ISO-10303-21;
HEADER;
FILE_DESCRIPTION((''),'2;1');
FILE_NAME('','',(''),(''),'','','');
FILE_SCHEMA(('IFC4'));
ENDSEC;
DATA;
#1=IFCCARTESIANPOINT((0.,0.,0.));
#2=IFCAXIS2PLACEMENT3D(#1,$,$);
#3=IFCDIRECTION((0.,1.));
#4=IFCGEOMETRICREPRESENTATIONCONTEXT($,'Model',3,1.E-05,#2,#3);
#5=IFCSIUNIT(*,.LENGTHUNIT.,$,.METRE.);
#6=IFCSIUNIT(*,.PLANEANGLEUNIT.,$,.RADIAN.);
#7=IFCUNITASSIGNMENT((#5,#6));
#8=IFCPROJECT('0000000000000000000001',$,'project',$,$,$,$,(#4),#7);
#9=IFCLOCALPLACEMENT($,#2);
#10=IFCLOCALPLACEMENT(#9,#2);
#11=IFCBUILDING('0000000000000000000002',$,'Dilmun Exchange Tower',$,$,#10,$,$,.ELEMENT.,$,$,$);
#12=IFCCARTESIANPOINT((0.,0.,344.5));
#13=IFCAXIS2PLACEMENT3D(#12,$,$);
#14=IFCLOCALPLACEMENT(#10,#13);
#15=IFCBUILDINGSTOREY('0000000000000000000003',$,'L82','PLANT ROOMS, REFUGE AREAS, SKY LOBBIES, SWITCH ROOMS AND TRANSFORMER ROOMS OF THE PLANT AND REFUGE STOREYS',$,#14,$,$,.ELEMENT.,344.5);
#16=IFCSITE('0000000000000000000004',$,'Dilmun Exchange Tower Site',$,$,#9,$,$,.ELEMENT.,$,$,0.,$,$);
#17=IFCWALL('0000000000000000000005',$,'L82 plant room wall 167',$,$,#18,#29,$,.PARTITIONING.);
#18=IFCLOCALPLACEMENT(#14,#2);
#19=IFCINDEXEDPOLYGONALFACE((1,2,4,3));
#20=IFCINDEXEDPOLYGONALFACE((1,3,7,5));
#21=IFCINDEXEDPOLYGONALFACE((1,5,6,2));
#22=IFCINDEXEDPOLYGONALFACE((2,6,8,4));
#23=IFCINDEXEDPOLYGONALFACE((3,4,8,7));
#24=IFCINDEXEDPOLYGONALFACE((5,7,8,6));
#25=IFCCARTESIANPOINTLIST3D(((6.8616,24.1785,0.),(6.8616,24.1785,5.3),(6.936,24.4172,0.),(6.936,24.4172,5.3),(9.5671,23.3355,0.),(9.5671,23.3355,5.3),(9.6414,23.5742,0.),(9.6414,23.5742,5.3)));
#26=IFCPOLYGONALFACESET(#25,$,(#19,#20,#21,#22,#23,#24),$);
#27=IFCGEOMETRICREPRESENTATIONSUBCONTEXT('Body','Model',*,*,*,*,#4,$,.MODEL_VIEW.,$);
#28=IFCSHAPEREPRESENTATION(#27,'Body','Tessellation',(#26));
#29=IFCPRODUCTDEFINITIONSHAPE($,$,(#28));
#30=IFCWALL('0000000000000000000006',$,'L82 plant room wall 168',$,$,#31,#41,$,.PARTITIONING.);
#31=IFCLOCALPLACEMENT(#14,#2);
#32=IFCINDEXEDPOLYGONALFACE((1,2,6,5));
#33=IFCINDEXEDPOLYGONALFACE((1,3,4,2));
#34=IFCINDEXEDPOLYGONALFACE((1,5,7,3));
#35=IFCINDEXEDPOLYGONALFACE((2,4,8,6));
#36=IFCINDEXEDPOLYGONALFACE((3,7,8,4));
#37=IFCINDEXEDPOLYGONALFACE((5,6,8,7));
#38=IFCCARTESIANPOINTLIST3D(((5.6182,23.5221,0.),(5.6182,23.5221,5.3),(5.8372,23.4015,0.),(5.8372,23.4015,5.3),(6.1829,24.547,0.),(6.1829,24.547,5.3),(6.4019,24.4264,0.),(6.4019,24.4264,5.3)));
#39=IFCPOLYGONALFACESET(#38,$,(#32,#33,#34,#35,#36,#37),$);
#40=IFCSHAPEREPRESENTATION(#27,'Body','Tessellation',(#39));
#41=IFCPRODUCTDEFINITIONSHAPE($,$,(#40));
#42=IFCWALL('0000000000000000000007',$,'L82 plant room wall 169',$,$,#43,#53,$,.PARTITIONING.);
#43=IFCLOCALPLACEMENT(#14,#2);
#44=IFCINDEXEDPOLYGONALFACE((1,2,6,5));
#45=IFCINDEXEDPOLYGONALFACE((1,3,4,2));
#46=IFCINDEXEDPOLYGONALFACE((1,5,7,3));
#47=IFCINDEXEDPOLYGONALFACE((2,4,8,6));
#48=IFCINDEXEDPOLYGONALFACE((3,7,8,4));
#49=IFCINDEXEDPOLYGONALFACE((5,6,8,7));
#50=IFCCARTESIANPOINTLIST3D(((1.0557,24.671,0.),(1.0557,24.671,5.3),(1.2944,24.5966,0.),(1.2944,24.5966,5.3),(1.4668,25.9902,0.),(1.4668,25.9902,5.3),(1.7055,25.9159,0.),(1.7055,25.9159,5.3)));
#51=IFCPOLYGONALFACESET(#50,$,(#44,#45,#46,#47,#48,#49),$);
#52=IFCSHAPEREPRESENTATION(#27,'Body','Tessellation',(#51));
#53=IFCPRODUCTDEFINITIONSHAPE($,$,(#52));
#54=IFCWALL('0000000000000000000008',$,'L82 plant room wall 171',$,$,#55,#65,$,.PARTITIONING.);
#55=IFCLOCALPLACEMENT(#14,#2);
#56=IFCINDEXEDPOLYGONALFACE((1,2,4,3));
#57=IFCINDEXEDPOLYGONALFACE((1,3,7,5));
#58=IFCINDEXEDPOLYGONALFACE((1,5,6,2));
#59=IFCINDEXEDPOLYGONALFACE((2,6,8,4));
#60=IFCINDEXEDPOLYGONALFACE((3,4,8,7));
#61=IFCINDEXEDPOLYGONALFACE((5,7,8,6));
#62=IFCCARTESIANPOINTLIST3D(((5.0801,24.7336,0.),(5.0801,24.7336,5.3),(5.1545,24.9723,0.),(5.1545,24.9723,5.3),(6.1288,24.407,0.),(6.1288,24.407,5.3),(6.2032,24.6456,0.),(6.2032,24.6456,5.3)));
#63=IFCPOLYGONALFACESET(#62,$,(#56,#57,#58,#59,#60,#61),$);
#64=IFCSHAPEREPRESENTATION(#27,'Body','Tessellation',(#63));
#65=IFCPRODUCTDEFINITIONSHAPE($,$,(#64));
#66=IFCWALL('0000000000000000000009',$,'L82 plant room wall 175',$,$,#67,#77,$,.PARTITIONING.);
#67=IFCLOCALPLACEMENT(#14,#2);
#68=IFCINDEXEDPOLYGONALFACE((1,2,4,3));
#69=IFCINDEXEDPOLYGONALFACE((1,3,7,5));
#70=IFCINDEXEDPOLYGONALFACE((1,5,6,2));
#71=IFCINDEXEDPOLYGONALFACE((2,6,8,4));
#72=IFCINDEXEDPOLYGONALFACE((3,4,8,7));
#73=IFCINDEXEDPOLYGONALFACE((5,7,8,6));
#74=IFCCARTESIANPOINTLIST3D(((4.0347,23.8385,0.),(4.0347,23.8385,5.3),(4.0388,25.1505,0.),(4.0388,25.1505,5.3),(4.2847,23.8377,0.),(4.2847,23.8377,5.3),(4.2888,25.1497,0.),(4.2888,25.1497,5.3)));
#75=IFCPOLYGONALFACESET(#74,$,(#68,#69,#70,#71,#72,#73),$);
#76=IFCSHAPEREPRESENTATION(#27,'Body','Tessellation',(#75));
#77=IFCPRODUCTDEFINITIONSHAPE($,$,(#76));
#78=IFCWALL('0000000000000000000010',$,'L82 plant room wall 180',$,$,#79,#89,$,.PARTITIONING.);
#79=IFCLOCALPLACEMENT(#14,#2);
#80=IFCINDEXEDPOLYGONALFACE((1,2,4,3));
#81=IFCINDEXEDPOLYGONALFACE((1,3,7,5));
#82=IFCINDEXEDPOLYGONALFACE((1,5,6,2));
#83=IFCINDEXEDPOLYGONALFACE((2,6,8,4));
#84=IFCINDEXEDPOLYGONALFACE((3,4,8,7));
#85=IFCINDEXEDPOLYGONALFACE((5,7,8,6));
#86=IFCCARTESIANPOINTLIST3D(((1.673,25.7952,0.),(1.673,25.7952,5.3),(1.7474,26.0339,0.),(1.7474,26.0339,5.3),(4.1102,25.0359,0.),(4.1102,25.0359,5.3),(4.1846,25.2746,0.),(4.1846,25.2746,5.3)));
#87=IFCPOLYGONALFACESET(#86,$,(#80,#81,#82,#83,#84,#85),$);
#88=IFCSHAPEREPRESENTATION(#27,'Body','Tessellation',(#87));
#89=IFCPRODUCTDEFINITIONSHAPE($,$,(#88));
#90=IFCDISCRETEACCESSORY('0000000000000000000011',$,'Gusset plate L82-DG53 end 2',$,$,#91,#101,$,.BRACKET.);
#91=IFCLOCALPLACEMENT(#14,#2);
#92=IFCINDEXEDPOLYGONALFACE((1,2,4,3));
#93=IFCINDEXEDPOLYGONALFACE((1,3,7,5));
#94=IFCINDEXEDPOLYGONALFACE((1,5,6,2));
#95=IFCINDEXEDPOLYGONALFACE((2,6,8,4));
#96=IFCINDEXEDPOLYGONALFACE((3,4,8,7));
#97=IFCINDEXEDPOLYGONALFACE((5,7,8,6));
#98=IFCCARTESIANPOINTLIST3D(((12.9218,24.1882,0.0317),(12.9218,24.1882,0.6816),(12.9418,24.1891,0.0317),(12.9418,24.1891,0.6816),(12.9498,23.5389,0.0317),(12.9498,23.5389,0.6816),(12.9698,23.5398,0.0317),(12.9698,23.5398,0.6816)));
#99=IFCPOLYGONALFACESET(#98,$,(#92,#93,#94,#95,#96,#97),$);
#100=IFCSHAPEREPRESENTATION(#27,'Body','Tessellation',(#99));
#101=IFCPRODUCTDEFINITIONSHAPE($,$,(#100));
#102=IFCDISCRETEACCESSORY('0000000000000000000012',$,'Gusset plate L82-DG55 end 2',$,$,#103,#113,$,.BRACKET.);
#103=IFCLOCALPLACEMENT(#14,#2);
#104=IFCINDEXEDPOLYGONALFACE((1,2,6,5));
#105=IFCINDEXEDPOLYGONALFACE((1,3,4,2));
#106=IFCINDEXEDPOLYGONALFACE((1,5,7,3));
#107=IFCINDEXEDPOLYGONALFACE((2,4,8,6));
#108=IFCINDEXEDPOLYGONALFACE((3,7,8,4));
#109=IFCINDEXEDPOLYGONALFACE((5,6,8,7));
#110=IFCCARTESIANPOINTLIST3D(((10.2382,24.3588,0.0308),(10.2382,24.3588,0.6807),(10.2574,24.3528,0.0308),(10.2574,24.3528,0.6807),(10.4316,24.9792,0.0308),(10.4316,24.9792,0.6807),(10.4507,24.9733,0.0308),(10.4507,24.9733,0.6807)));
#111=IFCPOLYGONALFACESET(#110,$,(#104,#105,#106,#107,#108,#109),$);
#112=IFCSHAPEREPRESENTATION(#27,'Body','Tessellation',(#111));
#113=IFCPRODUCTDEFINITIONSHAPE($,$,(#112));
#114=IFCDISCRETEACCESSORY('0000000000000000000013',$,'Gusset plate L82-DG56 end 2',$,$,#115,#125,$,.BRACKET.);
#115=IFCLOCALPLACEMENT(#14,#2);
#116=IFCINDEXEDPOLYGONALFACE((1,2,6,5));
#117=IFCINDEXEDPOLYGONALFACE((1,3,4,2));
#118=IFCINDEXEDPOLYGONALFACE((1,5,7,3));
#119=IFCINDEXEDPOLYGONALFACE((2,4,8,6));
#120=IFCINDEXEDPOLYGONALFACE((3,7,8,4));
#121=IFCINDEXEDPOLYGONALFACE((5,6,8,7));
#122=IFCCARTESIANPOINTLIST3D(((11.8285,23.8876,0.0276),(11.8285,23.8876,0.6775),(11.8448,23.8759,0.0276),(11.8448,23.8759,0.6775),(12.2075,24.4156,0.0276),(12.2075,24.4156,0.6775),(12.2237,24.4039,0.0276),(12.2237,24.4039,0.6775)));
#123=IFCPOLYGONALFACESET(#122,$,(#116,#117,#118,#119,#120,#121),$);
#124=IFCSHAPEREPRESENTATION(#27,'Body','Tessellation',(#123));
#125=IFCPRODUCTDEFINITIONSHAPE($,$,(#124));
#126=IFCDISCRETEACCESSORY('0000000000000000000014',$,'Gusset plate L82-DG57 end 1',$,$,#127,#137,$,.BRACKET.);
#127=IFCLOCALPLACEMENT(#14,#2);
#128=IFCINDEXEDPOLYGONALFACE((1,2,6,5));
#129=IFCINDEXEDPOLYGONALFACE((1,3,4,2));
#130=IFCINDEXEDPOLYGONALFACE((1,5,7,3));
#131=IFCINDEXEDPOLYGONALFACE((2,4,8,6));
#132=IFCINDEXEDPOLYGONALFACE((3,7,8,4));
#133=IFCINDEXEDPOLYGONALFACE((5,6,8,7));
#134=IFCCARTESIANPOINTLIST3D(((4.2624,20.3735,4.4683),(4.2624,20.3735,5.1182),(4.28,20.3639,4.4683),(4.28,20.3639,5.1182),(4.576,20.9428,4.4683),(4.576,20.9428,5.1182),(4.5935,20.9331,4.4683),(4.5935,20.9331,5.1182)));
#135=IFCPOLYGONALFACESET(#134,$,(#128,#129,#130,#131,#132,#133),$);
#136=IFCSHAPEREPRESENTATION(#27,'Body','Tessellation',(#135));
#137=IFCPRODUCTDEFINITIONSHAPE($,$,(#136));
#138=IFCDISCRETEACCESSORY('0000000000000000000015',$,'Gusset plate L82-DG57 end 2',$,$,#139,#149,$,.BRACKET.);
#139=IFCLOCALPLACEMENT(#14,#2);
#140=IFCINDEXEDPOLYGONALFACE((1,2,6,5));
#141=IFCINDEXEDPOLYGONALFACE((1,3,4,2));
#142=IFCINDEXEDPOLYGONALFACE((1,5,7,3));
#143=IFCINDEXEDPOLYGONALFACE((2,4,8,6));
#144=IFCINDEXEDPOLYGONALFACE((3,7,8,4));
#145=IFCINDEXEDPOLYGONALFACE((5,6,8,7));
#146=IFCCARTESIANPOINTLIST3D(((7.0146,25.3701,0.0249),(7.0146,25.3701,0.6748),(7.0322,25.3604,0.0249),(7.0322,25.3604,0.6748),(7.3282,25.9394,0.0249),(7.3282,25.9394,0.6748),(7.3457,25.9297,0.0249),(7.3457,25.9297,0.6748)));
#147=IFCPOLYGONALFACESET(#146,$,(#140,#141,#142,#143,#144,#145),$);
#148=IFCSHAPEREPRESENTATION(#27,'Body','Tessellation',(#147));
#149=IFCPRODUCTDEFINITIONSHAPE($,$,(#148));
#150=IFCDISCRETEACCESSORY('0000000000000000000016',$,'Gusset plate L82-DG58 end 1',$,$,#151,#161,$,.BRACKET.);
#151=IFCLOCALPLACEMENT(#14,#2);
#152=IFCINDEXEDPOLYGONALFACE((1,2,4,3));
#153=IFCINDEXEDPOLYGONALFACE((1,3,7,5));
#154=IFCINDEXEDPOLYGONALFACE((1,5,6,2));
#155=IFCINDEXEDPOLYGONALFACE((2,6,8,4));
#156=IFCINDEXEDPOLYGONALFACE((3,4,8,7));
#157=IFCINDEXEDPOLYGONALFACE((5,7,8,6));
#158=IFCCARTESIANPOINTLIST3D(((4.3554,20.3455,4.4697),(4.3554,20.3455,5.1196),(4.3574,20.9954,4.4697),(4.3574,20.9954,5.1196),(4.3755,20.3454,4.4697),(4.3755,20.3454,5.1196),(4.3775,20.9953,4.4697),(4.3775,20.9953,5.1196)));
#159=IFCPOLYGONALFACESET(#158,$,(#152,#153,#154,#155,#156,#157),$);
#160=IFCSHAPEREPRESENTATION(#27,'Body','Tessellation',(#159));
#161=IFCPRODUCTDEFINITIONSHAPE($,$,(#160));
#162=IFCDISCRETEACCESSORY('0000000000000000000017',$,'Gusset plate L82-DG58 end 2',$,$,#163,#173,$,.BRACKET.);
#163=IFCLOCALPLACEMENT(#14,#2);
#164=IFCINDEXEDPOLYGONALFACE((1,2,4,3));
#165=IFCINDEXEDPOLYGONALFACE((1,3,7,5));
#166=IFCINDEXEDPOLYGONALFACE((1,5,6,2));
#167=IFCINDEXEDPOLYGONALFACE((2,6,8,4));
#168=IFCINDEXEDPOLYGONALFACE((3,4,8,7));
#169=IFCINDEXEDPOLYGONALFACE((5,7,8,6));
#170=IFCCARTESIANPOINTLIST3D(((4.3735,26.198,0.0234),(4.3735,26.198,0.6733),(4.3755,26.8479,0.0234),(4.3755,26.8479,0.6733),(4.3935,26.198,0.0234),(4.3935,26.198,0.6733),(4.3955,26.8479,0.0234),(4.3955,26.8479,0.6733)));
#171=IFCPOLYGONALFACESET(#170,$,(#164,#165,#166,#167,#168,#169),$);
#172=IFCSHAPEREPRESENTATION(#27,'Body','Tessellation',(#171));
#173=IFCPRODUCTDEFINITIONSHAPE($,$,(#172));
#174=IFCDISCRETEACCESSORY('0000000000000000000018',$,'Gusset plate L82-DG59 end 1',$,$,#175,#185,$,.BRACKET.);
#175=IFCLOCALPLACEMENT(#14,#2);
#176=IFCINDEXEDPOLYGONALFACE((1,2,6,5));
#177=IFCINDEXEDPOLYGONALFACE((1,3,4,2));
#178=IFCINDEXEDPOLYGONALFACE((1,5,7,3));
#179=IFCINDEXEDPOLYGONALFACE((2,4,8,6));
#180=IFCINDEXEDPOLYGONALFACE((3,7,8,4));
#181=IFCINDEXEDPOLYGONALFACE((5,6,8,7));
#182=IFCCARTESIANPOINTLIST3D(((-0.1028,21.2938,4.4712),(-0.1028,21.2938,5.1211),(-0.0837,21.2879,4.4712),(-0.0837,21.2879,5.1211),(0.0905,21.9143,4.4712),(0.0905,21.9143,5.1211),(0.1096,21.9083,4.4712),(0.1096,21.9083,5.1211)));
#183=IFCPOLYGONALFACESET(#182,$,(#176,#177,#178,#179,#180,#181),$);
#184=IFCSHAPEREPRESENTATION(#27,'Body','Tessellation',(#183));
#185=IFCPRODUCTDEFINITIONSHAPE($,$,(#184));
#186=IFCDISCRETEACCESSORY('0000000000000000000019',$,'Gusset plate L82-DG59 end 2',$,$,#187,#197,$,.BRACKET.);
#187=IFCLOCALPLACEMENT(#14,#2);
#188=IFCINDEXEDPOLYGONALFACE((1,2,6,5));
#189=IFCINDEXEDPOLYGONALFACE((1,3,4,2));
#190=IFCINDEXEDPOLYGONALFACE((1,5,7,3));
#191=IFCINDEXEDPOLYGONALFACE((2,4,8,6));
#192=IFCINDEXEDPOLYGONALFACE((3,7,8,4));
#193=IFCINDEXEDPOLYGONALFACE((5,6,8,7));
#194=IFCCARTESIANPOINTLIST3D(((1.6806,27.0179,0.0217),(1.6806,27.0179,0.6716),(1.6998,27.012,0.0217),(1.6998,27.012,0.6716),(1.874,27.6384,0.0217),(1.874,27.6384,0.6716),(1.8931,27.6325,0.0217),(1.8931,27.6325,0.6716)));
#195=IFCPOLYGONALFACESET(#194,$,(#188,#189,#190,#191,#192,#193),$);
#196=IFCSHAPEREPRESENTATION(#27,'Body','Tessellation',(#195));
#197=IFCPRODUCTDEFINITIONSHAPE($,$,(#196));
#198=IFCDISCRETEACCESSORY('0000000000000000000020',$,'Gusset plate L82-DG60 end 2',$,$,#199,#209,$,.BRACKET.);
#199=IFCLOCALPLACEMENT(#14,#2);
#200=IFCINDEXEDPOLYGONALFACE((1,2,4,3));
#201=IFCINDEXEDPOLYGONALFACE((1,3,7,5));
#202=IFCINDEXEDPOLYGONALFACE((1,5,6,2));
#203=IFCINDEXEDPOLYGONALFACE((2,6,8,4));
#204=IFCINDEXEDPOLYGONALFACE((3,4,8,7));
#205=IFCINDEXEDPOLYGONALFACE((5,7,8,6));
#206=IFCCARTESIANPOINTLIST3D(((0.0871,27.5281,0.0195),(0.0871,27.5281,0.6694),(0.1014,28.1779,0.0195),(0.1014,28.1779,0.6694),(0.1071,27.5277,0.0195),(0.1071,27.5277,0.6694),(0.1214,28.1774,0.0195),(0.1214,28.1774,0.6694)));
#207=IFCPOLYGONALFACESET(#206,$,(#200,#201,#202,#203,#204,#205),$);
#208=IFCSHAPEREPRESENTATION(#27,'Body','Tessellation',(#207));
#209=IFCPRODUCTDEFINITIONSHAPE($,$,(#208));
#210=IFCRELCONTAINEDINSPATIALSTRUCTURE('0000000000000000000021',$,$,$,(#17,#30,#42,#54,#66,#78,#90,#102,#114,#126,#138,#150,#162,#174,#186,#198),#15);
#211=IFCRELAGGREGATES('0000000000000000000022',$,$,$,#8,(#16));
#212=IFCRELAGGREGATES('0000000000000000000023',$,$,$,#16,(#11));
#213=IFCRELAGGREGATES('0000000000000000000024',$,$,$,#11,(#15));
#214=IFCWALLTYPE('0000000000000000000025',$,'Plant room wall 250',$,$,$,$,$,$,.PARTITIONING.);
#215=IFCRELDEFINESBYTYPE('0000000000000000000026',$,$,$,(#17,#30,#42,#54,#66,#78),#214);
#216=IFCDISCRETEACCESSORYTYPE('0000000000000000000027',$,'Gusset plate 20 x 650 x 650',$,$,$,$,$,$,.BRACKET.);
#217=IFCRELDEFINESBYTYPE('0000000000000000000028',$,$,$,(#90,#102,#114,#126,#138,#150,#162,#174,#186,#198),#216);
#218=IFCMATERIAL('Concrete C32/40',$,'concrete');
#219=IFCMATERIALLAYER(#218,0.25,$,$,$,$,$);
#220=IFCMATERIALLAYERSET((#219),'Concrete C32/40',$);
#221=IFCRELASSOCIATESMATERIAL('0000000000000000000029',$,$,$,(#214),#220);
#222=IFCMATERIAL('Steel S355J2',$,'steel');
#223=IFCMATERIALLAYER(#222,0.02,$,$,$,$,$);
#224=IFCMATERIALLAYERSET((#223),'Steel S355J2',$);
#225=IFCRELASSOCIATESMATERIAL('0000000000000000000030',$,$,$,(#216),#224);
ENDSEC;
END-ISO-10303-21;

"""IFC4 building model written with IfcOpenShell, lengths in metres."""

from ifc_helpers import new_model, si_unit, direction, frame, frame_2d, origin, origin_2d, place, context, subcontext, project, spatial, rectangle, extrude, material, layer, layer_set, type_object, element, save


model = new_model("IFC4")

# Units and contexts
model_context = context("Model", 3, precision=1e-05, world=origin(), true_north=direction((0.0, 1.0)))
body_context = subcontext(model_context, "Body", "Model", "MODEL_VIEW")
ifc_project = project(units=[si_unit("LENGTHUNIT", "METRE"), si_unit("PLANEANGLEUNIT", "RADIAN")], contexts=[model_context])

# Site, building, storey
site_placement = place(None, origin())
site = spatial("IfcSite", under=ifc_project, at=site_placement, Name="Dilmun Exchange Tower Site", CompositionType="ELEMENT", RefElevation=0.0)
building_placement = place(site_placement, origin())
building = spatial("IfcBuilding", under=site, at=building_placement, Name="Dilmun Exchange Tower", CompositionType="ELEMENT")
storey_placement = place(building_placement, frame((0.0, 0.0, 344.5)))
storey = spatial("IfcBuildingStorey", under=building, at=storey_placement, Name="L82", Description="PLANT ROOMS, REFUGE AREAS, SKY LOBBIES, SWITCH ROOMS AND TRANSFORMER ROOMS OF THE PLANT AND REFUGE STOREYS", CompositionType="ELEMENT", Elevation=344.5)

# Walls
ifc_material_1 = material(Name="Concrete C32/40", Category="concrete")
ifc_layer_1 = layer(ifc_material_1, 0.25)
ifc_layer_set_1 = layer_set([ifc_layer_1], Name="Concrete C32/40")
wall_type = type_object("IfcWallType", Name="Plant room wall 250", PredefinedType="PARTITIONING", material=ifc_layer_set_1)
wall_1_placement = place(storey_placement, frame((6.8987, 24.2979, 0.0), z_axis=(0.0, 0.0, 1.0), x_axis=(0.954728, -0.29748, 0.0)))
element("IfcWall", 1, at=wall_1_placement, inside=storey, type_object=wall_type, Name="L82 plant room wall 167", PredefinedType="PARTITIONING", context=body_context, shape_type="SweptSolid", body=[
    extrude(rectangle(XDim=2.8337, YDim=0.25, at=frame_2d((1.417, 0.0))), origin(), (0.0, 0.0, 1.0), 5.3),
])
wall_2_placement = place(storey_placement, frame((5.7278, 23.4619, 0.0), z_axis=(0.0, 0.0, 1.0), x_axis=(0.482575, 0.875854, 0.0)))
element("IfcWall", 2, at=wall_2_placement, inside=storey, type_object=wall_type, Name="L82 plant room wall 168", PredefinedType="PARTITIONING", context=body_context, shape_type="SweptSolid", body=[
    extrude(rectangle(XDim=1.1702, YDim=0.25, at=frame_2d((0.585, 0.0))), origin(), (0.0, 0.0, 1.0), 5.3),
])
wall_3_placement = place(storey_placement, frame((1.175, 24.6338, 0.0), z_axis=(0.0, 0.0, 1.0), x_axis=(0.29751, 0.954719, 0.0)))
element("IfcWall", 3, at=wall_3_placement, inside=storey, type_object=wall_type, Name="L82 plant room wall 169", PredefinedType="PARTITIONING", context=body_context, shape_type="SweptSolid", body=[
    extrude(rectangle(XDim=1.3818, YDim=0.25, at=frame_2d((0.6909, 0.0))), origin(), (0.0, 0.0, 1.0), 5.3),
])
wall_4_placement = place(storey_placement, frame((5.1172, 24.853, 0.0), z_axis=(0.0, 0.0, 1.0), x_axis=(0.954745, -0.297427, 0.0)))
element("IfcWall", 4, at=wall_4_placement, inside=storey, type_object=wall_type, Name="L82 plant room wall 171", PredefinedType="PARTITIONING", context=body_context, shape_type="SweptSolid", body=[
    extrude(rectangle(XDim=1.0984, YDim=0.25, at=frame_2d((0.5493, 0.0))), origin(), (0.0, 0.0, 1.0), 5.3),
])
wall_5_placement = place(storey_placement, frame((4.1597, 23.8381, 0.0), z_axis=(0.0, 0.0, 1.0), x_axis=(0.003163, 0.999995, 0.0)))
element("IfcWall", 5, at=wall_5_placement, inside=storey, type_object=wall_type, Name="L82 plant room wall 175", PredefinedType="PARTITIONING", context=body_context, shape_type="SweptSolid", body=[
    extrude(rectangle(XDim=1.312, YDim=0.25, at=frame_2d((0.656, 0.0))), origin(), (0.0, 0.0, 1.0), 5.3),
])
wall_6_placement = place(storey_placement, frame((1.7102, 25.9146, 0.0), z_axis=(0.0, 0.0, 1.0), x_axis=(0.954743, -0.297431, 0.0)))
element("IfcWall", 6, at=wall_6_placement, inside=storey, type_object=wall_type, Name="L82 plant room wall 180", PredefinedType="PARTITIONING", context=body_context, shape_type="SweptSolid", body=[
    extrude(rectangle(XDim=2.5527, YDim=0.25, at=frame_2d((1.2764, 0.0))), origin(), (0.0, 0.0, 1.0), 5.3),
])

# Discrete accessories
ifc_material_2 = material(Name="Steel S355J2", Category="steel")
ifc_layer_2 = layer(ifc_material_2, 0.02)
ifc_layer_set_2 = layer_set([ifc_layer_2], Name="Steel S355J2")
discrete_accessory_type = type_object("IfcDiscreteAccessoryType", Name="Gusset plate 20 x 650 x 650", PredefinedType="BRACKET", material=ifc_layer_set_2)
for number, where, z_axis, x_axis, name in (
    (7, (12.9458, 23.864, 0.0317), (0.0, 0.0, 1.0), (-0.04296, 0.999077, 0.0), "Gusset plate L82-DG53 end 2"),
    (8, (10.3445, 24.666, 0.0308), (0.0, 0.0, 1.0), (0.297533, 0.954711, 0.0), "Gusset plate L82-DG55 end 2"),
    (9, (12.0261, 24.1458, 0.0276), (0.0, 0.0, 1.0), (0.58308, 0.812414, 0.0), "Gusset plate L82-DG56 end 2"),
    (10, (4.428, 20.6533, 4.4683), (0.0, 0.0, 1.0), (0.482485, 0.875904, 0.0), "Gusset plate L82-DG57 end 1"),
    (11, (7.1802, 25.6499, 0.0249), (0.0, 0.0, 1.0), (0.482485, 0.875904, 0.0), "Gusset plate L82-DG57 end 2"),
    (12, (4.3665, 20.6704, 4.4697), (0.0, 0.0, 1.0), (0.003077, 0.999995, 0.0), "Gusset plate L82-DG58 end 1"),
    (13, (4.3845, 26.5229, 0.0234), (0.0, 0.0, 1.0), (0.003077, 0.999995, 0.0), "Gusset plate L82-DG58 end 2"),
    (14, (0.0034, 21.6011, 4.4712), (0.0, 0.0, 1.0), (0.29747, 0.954731, 0.0), "Gusset plate L82-DG59 end 1"),
    (15, (1.7869, 27.3252, 0.0217), (0.0, 0.0, 1.0), (0.29747, 0.954731, 0.0), "Gusset plate L82-DG59 end 2"),
    (16, (0.1042, 27.8528, 0.0195), (0.0, 0.0, 1.0), (0.021904, 0.99976, 0.0), "Gusset plate L82-DG60 end 2"),
):
    element("IfcDiscreteAccessory", number, at=place(storey_placement, frame(where, z_axis=z_axis, x_axis=x_axis)), inside=storey, type_object=discrete_accessory_type, Name=name, PredefinedType="BRACKET", context=body_context, shape_type="SweptSolid", body=[
        extrude(rectangle(XDim=0.6499, YDim=0.02, at=origin_2d()), origin(), (0.0, 0.0, 1.0), 0.6499),
    ])

save(model, "model.ifc")
